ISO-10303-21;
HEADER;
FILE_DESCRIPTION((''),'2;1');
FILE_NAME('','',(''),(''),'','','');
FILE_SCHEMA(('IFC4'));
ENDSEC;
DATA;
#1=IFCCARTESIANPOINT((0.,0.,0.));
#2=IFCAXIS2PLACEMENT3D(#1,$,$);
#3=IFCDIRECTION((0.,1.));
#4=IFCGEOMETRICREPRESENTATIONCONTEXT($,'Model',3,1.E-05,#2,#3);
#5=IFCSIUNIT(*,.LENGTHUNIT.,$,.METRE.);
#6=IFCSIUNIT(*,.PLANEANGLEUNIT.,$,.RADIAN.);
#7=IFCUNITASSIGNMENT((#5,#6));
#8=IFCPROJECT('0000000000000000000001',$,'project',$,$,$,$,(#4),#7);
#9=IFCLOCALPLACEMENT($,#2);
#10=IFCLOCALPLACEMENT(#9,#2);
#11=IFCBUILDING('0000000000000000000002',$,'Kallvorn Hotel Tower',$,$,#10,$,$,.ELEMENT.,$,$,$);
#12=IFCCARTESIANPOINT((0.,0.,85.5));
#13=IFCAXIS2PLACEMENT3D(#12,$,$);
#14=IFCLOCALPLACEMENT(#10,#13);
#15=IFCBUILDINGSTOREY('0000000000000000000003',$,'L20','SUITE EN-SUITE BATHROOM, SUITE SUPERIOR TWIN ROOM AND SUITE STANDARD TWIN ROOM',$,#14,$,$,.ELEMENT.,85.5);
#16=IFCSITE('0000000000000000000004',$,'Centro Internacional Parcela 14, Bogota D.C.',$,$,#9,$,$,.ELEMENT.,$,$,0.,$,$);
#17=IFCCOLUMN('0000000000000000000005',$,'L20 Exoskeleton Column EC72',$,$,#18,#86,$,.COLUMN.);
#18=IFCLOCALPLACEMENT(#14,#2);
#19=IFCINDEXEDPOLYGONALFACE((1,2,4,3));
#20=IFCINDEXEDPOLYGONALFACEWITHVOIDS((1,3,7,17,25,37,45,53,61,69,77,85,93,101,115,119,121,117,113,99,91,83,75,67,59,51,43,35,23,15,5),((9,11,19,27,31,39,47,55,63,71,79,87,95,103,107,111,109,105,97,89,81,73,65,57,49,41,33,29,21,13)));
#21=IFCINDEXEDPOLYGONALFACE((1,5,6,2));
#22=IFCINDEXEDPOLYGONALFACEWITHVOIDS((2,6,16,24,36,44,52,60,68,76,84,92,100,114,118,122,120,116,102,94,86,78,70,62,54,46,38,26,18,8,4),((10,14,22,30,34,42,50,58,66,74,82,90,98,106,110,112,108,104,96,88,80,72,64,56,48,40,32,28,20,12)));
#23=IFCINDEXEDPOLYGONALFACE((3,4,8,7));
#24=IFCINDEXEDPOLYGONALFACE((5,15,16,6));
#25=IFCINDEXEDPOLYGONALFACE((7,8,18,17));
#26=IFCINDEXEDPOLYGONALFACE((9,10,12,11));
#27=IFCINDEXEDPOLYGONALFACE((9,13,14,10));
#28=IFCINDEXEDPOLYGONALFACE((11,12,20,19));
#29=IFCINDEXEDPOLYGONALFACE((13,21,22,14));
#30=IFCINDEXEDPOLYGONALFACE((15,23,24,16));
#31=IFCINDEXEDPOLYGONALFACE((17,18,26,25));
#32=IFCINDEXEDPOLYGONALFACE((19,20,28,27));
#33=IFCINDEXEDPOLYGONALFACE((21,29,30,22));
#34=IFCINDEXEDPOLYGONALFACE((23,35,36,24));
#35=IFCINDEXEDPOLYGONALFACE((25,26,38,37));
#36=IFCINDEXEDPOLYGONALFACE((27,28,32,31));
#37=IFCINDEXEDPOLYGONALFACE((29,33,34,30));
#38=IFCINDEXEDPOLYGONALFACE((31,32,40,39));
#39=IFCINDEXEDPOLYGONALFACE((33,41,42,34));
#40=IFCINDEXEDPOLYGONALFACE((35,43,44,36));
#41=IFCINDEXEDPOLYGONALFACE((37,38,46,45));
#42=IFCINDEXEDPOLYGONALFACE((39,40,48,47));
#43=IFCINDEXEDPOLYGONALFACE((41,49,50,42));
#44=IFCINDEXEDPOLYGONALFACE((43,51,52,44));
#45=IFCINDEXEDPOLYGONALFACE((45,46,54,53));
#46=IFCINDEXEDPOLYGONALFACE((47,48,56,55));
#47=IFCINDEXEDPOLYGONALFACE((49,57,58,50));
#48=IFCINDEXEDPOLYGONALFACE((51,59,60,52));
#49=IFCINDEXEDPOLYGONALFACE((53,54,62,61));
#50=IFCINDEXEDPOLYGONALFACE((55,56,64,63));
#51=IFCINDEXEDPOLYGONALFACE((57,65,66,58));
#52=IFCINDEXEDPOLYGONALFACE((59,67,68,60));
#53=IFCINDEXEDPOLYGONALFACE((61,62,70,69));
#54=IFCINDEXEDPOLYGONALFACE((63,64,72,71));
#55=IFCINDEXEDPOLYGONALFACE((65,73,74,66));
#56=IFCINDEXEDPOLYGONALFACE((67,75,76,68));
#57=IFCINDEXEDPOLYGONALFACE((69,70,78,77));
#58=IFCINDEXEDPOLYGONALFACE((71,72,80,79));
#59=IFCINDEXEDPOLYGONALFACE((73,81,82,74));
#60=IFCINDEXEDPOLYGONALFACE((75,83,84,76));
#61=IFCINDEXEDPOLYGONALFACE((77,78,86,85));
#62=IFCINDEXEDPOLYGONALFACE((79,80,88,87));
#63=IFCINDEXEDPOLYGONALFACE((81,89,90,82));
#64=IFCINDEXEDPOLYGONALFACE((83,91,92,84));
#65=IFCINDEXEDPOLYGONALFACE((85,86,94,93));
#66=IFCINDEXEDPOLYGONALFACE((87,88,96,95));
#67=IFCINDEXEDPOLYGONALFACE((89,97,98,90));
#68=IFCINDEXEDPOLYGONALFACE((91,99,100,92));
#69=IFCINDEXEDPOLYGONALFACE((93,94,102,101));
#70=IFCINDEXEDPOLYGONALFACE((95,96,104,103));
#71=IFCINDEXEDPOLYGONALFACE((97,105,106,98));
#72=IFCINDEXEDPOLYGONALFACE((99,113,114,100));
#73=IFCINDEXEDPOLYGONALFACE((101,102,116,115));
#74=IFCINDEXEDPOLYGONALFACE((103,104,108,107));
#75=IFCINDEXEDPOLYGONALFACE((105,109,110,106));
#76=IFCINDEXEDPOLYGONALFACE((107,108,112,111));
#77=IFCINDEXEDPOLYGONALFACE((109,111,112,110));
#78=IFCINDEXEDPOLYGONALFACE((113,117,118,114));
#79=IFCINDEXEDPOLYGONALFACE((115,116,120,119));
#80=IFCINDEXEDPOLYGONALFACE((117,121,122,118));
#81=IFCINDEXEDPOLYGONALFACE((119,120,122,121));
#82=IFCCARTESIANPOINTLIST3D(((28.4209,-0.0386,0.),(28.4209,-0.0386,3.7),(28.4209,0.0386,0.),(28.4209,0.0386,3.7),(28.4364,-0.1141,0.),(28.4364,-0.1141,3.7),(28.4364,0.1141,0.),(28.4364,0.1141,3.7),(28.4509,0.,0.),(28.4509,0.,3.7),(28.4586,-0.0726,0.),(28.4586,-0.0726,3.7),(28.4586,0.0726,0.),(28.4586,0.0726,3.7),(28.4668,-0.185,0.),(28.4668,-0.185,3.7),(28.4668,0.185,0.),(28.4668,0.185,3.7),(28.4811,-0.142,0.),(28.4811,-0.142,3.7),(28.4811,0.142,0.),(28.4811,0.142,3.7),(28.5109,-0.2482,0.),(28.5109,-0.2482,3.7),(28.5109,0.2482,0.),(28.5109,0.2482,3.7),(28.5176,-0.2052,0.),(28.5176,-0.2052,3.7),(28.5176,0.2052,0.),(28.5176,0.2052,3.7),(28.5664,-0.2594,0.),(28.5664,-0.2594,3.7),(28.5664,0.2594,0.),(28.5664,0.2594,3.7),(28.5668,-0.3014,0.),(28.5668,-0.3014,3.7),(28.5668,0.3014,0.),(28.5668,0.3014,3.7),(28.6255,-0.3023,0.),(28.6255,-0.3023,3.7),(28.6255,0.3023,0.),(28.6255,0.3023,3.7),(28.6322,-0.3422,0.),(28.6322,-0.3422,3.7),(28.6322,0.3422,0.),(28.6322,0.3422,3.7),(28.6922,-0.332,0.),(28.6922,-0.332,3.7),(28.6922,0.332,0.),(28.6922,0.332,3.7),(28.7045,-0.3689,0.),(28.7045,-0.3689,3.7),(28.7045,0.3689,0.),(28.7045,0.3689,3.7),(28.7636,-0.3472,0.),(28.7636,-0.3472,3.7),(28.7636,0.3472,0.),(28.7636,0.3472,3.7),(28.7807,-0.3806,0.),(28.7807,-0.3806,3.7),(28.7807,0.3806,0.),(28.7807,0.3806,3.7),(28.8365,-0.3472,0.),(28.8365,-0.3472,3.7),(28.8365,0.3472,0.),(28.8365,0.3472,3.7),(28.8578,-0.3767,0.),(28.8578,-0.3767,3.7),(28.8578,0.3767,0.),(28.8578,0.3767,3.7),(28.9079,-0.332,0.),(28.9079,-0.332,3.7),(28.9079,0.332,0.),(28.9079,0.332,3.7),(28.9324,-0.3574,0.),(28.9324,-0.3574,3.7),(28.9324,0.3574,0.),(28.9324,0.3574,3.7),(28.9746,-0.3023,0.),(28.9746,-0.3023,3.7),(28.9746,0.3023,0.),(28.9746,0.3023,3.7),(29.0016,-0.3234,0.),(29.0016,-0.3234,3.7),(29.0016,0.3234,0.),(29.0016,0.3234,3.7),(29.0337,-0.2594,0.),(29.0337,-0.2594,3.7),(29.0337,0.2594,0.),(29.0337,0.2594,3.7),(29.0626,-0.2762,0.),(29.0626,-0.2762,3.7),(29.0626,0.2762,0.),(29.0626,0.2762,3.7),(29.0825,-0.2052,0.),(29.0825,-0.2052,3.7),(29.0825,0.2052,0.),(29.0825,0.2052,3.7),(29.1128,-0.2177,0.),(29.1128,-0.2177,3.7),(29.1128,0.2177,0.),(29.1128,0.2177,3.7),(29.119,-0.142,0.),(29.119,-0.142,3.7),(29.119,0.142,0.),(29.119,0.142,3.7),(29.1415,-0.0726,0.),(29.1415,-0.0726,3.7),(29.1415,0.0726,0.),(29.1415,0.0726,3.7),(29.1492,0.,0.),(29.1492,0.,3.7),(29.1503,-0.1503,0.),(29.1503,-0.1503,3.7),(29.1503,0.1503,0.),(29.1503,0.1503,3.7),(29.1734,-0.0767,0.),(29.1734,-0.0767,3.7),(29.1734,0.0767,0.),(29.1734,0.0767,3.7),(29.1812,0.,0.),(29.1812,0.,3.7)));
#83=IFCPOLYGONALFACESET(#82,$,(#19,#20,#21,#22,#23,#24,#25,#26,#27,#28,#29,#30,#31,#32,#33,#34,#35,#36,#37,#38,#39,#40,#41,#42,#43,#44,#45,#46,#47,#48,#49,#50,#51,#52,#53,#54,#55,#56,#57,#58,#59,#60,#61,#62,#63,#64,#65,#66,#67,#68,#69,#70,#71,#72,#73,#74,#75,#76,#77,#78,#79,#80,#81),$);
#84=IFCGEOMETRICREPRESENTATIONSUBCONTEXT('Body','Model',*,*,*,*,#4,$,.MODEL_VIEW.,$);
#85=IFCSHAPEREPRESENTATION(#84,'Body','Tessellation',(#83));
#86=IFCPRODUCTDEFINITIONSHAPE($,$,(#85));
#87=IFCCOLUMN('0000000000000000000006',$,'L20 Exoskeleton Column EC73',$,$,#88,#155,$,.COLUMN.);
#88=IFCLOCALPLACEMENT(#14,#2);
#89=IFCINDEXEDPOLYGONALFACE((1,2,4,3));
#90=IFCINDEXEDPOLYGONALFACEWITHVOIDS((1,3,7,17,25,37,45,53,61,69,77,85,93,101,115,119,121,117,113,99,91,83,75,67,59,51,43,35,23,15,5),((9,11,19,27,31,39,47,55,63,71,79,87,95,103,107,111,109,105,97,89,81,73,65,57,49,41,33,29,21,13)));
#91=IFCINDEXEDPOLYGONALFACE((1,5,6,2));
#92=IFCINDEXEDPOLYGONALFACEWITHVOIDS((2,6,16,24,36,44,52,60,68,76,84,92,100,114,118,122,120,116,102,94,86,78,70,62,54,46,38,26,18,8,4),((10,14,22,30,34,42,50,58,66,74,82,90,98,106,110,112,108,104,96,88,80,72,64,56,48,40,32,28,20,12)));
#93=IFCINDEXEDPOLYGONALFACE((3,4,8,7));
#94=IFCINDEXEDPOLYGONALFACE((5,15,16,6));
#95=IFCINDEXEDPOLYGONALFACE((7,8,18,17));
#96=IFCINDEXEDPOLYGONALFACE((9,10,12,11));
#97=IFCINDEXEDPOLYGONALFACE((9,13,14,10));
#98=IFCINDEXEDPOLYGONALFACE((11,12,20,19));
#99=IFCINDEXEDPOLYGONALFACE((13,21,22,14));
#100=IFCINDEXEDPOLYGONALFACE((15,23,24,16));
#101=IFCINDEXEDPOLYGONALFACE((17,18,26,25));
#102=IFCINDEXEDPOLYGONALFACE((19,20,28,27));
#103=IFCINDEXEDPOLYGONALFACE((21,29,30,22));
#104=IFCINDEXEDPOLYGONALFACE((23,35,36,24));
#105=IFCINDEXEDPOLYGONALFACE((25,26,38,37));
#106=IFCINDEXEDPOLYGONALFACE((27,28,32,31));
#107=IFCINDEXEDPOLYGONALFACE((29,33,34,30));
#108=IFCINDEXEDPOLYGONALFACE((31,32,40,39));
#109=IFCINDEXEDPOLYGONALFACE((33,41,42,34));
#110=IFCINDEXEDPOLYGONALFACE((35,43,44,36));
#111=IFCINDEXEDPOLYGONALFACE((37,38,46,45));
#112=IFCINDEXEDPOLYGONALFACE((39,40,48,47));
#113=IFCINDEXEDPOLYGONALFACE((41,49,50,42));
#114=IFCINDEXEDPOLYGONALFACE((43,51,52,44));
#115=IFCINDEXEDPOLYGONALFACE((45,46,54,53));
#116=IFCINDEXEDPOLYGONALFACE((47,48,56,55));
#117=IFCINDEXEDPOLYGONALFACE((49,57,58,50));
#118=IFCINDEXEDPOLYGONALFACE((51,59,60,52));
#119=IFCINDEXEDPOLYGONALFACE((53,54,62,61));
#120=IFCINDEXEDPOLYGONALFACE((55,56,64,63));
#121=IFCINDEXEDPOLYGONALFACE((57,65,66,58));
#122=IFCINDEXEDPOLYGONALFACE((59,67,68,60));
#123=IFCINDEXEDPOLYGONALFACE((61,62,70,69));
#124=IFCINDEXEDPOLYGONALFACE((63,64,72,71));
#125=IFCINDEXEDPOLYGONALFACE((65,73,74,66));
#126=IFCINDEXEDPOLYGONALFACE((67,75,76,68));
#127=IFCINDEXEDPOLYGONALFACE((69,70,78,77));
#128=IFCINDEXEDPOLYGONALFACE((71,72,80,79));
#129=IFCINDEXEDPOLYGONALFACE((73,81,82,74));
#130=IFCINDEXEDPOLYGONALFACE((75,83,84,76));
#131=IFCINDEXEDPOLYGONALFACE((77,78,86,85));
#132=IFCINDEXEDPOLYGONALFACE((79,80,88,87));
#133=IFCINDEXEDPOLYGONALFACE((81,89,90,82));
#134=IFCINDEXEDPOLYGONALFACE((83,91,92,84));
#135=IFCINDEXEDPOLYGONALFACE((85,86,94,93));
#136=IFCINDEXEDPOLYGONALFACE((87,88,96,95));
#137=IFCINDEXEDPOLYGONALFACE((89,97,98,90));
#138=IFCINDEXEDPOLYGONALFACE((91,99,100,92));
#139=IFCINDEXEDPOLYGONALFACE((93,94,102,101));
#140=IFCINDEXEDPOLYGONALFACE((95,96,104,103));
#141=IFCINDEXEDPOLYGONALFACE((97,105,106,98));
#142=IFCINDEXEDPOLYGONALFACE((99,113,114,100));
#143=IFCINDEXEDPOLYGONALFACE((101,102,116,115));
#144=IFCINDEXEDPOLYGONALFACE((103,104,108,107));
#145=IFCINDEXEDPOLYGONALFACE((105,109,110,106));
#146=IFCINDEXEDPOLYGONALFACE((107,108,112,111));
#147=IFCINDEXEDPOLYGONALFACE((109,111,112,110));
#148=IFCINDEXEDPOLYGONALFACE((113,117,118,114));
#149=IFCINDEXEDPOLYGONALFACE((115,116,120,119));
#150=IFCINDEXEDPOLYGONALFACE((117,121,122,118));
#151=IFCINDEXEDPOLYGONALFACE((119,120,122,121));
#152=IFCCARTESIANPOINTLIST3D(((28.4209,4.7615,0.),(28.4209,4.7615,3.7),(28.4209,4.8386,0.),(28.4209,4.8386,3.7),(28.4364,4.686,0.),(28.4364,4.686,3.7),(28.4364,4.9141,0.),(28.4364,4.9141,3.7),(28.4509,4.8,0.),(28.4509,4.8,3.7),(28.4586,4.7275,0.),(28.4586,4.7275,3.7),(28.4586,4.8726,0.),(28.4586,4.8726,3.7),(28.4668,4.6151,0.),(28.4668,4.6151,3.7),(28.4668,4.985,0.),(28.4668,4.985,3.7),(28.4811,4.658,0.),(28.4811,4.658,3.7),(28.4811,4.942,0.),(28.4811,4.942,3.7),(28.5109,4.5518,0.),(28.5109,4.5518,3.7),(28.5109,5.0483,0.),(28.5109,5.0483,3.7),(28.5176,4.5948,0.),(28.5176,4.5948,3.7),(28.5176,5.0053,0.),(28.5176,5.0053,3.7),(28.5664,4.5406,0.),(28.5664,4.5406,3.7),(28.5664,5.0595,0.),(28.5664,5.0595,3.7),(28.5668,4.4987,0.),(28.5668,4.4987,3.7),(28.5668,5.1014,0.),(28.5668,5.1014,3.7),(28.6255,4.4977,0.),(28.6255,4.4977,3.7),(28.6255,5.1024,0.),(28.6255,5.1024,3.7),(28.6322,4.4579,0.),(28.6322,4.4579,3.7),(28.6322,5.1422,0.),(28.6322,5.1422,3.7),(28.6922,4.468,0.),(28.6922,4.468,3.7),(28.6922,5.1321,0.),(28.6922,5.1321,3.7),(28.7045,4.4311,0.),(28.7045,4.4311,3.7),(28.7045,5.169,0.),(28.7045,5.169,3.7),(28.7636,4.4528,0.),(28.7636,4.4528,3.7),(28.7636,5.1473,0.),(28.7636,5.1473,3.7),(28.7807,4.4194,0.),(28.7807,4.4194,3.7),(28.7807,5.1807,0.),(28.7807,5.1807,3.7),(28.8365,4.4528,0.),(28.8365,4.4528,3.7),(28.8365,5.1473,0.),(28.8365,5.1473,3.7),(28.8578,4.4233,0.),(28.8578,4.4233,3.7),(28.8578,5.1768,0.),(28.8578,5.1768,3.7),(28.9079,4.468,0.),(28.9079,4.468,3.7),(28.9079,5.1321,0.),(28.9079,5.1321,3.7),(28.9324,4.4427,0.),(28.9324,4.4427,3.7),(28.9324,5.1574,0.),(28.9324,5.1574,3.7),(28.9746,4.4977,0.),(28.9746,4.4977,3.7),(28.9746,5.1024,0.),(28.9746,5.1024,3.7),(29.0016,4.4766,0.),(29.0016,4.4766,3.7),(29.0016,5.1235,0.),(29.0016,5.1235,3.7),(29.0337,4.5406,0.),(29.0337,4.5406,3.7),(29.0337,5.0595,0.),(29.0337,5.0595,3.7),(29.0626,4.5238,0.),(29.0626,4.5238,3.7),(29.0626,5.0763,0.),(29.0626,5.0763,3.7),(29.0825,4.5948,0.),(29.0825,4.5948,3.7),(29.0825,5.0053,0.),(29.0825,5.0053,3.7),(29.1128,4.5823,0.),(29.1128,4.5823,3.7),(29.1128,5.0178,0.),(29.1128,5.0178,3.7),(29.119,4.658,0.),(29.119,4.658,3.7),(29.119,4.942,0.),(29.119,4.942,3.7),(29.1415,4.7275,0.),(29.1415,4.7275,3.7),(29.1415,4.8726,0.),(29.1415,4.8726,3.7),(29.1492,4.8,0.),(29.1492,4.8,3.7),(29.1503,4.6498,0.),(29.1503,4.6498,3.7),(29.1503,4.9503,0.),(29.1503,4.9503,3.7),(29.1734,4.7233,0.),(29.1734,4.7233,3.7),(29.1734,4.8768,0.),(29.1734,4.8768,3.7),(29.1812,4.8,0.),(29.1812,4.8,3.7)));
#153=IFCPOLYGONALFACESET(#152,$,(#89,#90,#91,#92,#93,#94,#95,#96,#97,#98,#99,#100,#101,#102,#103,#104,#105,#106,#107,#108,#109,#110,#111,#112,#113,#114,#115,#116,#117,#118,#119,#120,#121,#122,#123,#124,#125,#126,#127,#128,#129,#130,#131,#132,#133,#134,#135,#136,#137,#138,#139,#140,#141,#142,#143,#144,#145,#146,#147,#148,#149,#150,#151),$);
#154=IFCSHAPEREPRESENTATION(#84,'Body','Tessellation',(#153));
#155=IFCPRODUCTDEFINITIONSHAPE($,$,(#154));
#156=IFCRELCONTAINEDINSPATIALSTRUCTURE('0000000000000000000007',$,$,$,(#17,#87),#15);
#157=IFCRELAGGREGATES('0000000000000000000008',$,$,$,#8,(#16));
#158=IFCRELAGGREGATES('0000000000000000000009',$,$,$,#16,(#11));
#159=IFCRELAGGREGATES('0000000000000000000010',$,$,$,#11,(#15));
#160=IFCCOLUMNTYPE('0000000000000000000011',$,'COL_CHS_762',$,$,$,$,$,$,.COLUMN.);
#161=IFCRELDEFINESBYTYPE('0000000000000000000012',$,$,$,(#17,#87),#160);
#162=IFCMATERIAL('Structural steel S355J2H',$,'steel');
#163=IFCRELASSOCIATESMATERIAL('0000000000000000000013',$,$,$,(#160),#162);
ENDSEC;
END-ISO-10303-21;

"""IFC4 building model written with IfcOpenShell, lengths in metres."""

from ifc_helpers import new_model, si_unit, direction, frame, origin, origin_2d, place, context, subcontext, project, spatial, hollow_circle, extrude, material, material_profile, profile_set, type_object, element, save


model = new_model("IFC4")

# Units and contexts
model_context = context("Model", 3, precision=1e-05, world=origin(), true_north=direction((0.0, 1.0)))
body_context = subcontext(model_context, "Body", "Model", "MODEL_VIEW")
ifc_project = project(units=[si_unit("LENGTHUNIT", "METRE"), si_unit("PLANEANGLEUNIT", "RADIAN")], contexts=[model_context])

# Site, building, storey
site_placement = place(None, origin())
site = spatial("IfcSite", under=ifc_project, at=site_placement, Name="Centro Internacional Parcela 14, Bogota D.C.", CompositionType="ELEMENT", RefElevation=0.0)
building_placement = place(site_placement, origin())
building = spatial("IfcBuilding", under=site, at=building_placement, Name="Kallvorn Hotel Tower", CompositionType="ELEMENT")
storey_placement = place(building_placement, frame((0.0, 0.0, 85.5)))
storey = spatial("IfcBuildingStorey", under=building, at=storey_placement, Name="L20", Description="SUITE EN-SUITE BATHROOM, SUITE SUPERIOR TWIN ROOM AND SUITE STANDARD TWIN ROOM", CompositionType="ELEMENT", Elevation=85.5)

# Columns
ifc_material_1 = material(Name="Structural steel S355J2H", Category="steel")
ifc_material_profile_1 = material_profile(ifc_material_1, hollow_circle(Radius=0.3811, WallThickness=0.032, at=origin_2d()), Name="CHS 762x32")
ifc_profile_set_1 = profile_set([ifc_material_profile_1], Name="Structural steel S355J2H")
column_type_1 = type_object("IfcColumnType", Name="COL_CHS_762", PredefinedType="COLUMN", material=ifc_profile_set_1)
for number, where, z_axis, x_axis, name in (
    (1, (28.8, 0.0, 0.0), (0.0, 0.0, 1.0), (1.0, 0.0, 0.0), "L20 Exoskeleton Column EC72"),
    (2, (28.8, 4.8, 0.0), (0.0, 0.0, 1.0), (1.0, 0.0, 0.0), "L20 Exoskeleton Column EC73"),
):
    element("IfcColumn", number, at=place(storey_placement, frame(where, z_axis=z_axis, x_axis=x_axis)), inside=storey, type_object=column_type_1, Name=name, PredefinedType="COLUMN", context=body_context, shape_type="SweptSolid", body=[
        extrude(hollow_circle(Radius=0.3811, WallThickness=0.032, at=origin_2d()), origin(), (0.0, 0.0, 1.0), 3.7),
    ])

save(model, "model.ifc")
